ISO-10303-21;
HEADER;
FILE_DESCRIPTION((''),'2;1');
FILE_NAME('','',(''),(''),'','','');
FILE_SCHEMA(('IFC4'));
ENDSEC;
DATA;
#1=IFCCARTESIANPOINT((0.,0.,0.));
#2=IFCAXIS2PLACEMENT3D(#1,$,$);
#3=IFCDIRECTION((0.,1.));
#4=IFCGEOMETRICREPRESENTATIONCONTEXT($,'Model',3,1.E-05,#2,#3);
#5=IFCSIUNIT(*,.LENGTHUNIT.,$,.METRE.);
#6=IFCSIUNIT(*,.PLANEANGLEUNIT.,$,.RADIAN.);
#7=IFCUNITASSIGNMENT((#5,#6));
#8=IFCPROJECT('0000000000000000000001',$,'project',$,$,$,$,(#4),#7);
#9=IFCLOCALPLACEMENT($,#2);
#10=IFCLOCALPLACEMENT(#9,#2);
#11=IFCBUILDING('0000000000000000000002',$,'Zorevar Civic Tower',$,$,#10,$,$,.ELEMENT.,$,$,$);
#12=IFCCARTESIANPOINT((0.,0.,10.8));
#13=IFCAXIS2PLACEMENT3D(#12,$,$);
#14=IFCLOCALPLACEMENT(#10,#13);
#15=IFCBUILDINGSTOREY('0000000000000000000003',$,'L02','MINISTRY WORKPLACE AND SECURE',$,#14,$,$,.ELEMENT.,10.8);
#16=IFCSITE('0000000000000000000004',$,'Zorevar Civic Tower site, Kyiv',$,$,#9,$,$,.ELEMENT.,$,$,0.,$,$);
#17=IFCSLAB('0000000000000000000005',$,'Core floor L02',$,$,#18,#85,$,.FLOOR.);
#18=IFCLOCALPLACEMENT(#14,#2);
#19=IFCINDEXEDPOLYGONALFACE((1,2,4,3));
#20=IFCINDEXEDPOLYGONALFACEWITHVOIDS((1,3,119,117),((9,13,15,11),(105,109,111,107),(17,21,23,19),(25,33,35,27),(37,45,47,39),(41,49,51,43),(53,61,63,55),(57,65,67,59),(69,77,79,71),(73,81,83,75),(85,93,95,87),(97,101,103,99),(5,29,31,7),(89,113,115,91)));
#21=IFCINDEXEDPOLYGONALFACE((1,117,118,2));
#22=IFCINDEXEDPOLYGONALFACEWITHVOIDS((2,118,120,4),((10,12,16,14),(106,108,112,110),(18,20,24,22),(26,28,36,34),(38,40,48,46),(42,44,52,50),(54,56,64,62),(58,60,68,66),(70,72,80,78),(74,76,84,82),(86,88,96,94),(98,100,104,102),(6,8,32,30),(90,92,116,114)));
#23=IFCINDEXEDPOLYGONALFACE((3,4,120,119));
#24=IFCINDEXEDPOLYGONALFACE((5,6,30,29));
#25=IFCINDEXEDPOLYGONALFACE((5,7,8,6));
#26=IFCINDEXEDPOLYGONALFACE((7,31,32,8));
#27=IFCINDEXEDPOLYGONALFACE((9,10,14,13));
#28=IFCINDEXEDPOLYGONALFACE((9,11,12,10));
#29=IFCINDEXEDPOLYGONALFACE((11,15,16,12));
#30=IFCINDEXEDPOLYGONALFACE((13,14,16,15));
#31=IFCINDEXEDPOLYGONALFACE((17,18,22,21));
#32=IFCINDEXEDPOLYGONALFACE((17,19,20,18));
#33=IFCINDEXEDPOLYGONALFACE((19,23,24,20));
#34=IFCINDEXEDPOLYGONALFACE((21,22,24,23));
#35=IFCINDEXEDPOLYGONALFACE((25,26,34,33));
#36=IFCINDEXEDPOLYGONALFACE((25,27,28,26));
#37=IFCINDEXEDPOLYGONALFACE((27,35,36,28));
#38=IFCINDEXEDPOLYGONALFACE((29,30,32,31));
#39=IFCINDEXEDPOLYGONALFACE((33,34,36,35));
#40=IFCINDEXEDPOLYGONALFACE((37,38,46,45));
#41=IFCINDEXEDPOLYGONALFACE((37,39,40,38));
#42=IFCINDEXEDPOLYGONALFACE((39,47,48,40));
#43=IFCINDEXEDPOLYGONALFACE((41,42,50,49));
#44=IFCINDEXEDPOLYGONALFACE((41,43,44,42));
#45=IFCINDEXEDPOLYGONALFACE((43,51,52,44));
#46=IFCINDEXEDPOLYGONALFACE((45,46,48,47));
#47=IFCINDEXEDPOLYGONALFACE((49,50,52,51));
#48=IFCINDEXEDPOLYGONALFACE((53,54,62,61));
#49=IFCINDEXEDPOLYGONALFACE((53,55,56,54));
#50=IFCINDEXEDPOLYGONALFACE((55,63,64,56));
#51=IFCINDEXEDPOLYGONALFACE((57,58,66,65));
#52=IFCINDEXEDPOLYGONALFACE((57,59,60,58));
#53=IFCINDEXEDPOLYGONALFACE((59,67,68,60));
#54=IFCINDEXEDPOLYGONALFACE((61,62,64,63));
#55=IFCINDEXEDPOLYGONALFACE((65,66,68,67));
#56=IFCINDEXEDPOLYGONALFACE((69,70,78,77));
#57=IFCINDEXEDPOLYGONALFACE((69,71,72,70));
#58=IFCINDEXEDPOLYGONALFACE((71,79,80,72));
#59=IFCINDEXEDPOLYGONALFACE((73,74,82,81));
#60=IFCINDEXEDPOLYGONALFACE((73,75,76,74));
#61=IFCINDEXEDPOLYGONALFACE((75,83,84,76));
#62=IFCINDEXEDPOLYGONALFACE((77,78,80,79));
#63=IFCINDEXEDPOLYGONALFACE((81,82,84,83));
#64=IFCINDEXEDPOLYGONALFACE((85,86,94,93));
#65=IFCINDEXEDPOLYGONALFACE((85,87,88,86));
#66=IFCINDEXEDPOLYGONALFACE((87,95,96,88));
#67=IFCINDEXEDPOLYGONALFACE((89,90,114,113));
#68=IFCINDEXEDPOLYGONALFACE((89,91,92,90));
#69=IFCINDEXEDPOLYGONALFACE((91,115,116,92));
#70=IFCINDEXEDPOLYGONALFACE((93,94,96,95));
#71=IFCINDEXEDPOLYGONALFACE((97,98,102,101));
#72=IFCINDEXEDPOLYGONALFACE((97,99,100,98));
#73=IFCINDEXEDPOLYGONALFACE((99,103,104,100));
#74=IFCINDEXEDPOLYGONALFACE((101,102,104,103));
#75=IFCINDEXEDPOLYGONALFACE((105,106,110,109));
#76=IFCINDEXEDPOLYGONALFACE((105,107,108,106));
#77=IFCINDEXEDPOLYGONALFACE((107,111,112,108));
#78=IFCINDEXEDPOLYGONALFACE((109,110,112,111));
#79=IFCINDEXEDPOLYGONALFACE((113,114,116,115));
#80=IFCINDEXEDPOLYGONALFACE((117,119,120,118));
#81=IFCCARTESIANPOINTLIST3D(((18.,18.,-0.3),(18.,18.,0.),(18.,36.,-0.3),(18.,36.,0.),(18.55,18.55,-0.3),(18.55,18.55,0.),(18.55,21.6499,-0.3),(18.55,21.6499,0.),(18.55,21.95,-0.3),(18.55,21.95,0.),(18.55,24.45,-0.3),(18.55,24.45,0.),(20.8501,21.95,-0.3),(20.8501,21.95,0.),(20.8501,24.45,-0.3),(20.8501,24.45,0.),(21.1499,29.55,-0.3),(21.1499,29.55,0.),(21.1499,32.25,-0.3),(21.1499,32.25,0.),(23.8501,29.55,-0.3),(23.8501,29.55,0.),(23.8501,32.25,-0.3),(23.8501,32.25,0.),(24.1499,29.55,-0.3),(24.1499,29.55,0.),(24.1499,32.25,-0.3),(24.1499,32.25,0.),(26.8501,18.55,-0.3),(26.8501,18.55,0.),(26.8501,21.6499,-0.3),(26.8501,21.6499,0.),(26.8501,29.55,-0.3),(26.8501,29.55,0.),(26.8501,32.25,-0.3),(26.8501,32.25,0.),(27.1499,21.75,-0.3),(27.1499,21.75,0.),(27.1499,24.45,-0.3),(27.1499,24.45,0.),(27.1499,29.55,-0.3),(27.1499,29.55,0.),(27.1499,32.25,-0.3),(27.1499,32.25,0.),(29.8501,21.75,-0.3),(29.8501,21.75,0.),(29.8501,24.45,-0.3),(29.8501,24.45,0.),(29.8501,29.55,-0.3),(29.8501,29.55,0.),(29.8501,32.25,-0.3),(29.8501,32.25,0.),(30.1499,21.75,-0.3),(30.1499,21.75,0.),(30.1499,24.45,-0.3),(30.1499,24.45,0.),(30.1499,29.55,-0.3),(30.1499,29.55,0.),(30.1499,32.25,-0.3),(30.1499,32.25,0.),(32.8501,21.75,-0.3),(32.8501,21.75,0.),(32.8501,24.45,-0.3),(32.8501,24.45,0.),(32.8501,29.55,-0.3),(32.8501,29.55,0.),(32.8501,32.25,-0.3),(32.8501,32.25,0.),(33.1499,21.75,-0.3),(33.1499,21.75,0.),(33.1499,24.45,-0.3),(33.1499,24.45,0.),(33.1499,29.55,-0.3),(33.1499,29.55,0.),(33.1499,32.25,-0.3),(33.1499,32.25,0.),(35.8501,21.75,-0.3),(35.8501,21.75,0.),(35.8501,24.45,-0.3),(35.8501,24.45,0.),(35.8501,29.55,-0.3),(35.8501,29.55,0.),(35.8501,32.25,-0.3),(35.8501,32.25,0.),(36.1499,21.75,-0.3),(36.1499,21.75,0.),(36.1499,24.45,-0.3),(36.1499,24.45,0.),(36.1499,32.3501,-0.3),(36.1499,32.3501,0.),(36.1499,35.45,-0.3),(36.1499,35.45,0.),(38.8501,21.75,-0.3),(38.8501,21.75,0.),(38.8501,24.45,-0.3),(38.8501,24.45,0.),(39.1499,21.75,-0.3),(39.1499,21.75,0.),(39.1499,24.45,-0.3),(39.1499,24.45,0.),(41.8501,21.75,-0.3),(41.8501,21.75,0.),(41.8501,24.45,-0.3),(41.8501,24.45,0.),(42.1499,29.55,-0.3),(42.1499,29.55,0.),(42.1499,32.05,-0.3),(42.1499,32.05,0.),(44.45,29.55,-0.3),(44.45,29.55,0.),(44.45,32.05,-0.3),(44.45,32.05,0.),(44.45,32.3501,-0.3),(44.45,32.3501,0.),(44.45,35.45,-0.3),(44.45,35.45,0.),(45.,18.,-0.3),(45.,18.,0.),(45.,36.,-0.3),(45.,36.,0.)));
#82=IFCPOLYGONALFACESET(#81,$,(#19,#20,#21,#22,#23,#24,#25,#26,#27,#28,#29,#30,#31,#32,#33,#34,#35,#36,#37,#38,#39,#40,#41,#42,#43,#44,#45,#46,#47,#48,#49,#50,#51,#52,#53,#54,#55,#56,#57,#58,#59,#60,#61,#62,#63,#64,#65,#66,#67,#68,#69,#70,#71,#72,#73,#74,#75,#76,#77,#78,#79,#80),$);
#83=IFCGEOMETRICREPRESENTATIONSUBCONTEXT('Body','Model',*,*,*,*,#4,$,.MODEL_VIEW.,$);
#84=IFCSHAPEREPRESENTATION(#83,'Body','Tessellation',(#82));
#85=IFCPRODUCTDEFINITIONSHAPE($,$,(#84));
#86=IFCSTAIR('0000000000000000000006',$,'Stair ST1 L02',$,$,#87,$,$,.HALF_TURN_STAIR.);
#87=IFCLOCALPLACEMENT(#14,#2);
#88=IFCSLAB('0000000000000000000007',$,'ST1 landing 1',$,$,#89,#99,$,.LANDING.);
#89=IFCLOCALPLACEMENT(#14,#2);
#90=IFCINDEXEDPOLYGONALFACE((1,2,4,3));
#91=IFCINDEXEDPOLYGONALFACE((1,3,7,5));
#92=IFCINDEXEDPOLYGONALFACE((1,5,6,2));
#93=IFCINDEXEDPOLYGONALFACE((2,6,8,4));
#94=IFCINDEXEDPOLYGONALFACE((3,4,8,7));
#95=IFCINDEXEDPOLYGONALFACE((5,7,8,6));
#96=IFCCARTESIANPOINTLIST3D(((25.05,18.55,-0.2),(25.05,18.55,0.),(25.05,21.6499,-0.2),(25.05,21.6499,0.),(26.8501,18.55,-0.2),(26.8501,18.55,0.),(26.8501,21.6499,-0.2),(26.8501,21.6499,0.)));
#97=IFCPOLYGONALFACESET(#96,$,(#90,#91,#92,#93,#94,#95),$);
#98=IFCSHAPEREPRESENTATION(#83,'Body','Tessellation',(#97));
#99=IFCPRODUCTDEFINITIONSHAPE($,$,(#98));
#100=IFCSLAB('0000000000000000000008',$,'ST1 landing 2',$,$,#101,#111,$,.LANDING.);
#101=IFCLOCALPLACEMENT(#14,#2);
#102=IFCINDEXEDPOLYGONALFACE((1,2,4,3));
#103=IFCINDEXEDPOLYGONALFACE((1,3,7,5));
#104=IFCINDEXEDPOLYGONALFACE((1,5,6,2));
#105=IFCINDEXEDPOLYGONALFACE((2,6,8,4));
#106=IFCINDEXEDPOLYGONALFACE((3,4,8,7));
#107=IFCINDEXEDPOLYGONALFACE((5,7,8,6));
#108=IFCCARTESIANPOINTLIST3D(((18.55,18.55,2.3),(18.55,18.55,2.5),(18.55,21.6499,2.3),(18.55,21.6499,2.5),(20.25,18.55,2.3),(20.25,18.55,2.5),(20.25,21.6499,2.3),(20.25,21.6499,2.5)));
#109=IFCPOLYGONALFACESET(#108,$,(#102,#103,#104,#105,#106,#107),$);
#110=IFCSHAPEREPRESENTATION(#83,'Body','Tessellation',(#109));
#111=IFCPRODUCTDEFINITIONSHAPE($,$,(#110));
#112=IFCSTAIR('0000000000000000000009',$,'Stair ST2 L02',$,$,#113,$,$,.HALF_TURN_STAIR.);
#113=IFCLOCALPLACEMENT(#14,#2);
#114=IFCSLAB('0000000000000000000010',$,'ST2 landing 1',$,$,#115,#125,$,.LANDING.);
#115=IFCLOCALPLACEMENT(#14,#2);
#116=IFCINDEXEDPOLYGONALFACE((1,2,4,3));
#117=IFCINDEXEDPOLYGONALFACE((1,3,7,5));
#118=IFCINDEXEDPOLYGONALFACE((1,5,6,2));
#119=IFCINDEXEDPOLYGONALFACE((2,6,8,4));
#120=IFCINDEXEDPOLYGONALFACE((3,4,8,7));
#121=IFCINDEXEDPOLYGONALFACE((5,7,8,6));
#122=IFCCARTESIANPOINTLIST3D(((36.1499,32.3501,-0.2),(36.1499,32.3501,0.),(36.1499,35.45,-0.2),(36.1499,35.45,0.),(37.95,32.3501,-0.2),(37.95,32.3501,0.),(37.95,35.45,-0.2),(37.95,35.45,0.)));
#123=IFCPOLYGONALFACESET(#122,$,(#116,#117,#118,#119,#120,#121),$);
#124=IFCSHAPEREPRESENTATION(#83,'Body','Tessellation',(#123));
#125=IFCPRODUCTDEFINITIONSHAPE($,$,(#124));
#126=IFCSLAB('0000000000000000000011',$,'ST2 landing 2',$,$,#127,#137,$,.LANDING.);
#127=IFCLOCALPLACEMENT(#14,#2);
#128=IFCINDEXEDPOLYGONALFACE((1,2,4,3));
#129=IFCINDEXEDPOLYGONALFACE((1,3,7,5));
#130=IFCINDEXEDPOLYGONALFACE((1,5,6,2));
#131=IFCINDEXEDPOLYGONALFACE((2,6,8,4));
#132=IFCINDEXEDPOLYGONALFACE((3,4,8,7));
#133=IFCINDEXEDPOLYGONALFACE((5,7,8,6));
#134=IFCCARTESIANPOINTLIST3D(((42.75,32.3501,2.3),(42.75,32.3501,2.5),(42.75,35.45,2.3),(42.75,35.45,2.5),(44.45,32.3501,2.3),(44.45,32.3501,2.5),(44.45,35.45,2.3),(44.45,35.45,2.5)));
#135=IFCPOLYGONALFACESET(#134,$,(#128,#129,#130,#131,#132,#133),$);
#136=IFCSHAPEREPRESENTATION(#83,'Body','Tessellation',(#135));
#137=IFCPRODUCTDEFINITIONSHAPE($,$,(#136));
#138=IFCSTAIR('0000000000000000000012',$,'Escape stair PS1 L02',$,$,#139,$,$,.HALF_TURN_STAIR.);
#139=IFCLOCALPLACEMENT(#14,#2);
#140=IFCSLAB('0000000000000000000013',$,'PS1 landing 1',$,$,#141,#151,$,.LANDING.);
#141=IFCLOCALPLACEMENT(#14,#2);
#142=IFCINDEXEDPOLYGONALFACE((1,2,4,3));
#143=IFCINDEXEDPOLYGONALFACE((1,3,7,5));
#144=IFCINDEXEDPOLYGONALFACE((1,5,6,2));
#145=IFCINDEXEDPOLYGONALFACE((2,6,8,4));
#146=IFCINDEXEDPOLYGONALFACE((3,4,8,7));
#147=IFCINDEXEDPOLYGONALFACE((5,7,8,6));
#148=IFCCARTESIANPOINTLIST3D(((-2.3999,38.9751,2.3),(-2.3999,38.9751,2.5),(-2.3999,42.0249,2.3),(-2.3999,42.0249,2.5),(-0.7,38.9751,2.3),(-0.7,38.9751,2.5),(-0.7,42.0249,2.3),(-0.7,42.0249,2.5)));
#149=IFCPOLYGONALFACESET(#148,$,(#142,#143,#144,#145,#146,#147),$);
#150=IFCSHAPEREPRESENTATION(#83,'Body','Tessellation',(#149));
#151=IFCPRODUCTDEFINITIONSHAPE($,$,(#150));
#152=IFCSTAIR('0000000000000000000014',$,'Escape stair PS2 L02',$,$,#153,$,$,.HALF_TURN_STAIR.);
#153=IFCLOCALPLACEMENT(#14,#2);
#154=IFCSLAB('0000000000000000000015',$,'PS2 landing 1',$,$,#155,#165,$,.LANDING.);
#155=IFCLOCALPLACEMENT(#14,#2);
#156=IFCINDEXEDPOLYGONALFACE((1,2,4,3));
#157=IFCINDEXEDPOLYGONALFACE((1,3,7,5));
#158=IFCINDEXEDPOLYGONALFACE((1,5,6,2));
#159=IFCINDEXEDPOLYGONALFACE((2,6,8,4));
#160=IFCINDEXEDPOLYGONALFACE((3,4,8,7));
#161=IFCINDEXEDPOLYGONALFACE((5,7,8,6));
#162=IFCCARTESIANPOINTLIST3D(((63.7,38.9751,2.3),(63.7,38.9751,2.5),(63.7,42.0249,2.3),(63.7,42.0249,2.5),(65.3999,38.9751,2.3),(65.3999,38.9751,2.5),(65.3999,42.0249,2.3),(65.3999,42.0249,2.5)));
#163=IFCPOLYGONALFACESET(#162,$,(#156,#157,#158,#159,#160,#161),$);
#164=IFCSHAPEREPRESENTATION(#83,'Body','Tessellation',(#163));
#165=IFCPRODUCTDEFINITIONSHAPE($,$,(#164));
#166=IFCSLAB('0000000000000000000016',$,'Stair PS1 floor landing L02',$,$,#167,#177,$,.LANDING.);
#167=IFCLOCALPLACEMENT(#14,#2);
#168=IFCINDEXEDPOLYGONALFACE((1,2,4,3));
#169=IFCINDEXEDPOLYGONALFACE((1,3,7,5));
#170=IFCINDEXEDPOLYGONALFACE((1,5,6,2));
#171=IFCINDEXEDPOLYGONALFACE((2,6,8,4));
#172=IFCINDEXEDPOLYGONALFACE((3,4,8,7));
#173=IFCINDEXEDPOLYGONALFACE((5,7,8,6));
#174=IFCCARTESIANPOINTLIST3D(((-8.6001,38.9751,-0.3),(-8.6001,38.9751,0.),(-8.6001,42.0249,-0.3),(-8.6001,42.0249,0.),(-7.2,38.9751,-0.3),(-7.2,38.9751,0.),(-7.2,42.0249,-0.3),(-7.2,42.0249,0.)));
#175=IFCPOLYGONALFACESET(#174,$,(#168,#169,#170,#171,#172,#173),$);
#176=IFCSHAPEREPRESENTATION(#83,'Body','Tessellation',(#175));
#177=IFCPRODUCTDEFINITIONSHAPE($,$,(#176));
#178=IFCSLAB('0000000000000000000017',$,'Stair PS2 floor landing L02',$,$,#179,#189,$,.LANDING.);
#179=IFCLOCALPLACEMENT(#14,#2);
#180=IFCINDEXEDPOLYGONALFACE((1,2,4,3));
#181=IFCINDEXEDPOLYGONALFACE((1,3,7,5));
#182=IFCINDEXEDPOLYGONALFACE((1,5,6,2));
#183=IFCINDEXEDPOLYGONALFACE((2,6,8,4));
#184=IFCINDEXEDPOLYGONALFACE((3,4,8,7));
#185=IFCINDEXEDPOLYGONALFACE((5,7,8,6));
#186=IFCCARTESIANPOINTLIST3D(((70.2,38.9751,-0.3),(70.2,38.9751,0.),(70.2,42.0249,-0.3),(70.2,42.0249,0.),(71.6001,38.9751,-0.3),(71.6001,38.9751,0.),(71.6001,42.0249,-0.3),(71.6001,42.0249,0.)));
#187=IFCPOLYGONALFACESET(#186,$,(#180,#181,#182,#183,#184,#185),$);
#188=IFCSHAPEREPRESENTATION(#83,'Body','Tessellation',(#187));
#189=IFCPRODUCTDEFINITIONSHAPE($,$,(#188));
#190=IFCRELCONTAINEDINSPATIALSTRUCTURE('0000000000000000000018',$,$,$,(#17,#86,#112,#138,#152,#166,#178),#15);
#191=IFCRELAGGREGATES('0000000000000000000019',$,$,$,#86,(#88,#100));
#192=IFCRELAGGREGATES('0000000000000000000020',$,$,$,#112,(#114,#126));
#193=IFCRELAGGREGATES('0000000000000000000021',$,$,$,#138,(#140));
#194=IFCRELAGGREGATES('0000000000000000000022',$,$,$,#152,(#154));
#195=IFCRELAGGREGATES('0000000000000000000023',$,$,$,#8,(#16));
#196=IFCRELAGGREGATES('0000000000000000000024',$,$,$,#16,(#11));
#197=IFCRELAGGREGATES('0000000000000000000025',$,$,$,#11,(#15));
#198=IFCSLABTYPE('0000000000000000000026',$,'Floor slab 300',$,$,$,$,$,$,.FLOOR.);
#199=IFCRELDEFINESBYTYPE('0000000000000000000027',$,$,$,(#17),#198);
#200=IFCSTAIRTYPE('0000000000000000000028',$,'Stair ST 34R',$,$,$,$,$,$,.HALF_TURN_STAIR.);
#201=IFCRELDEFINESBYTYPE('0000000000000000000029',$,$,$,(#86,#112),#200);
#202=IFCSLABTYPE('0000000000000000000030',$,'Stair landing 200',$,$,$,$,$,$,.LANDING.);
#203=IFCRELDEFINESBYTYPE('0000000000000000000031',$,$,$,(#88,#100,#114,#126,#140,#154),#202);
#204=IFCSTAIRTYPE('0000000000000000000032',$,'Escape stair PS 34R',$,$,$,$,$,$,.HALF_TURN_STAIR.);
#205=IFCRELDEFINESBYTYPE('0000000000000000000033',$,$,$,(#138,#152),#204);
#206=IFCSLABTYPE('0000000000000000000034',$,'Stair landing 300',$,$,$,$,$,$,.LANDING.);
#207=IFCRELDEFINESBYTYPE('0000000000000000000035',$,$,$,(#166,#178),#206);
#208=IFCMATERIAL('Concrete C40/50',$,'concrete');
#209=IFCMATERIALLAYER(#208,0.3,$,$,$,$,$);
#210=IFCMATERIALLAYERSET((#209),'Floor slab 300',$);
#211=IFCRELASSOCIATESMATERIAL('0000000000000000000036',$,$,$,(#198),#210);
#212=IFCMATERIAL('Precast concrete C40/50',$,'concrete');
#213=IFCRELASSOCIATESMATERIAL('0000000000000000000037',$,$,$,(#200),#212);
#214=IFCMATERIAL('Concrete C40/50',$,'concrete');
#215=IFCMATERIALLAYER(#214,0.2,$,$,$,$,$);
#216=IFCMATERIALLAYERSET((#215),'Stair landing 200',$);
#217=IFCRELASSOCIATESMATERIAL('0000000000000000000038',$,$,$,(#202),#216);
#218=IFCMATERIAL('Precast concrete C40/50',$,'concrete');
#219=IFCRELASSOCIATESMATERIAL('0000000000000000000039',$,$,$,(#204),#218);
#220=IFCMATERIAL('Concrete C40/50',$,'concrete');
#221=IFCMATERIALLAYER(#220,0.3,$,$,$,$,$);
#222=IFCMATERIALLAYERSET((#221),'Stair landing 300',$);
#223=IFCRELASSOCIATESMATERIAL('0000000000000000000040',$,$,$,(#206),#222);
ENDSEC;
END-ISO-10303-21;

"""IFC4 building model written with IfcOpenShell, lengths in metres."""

from ifc_helpers import new_model, si_unit, direction, frame, origin, place, context, subcontext, project, spatial, polyline, outline, extrude, material, layer, layer_set, type_object, element, aggregate, save


model = new_model("IFC4")

# Units and contexts
model_context = context("Model", 3, precision=1e-05, world=origin(), true_north=direction((0.0, 1.0)))
body_context = subcontext(model_context, "Body", "Model", "MODEL_VIEW")
ifc_project = project(units=[si_unit("LENGTHUNIT", "METRE"), si_unit("PLANEANGLEUNIT", "RADIAN")], contexts=[model_context])

# Site, building, storey
site_placement = place(None, origin())
site = spatial("IfcSite", under=ifc_project, at=site_placement, Name="Zorevar Civic Tower site, Kyiv", CompositionType="ELEMENT", RefElevation=0.0)
building_placement = place(site_placement, origin())
building = spatial("IfcBuilding", under=site, at=building_placement, Name="Zorevar Civic Tower", CompositionType="ELEMENT")
storey_placement = place(building_placement, frame((0.0, 0.0, 10.8)))
storey = spatial("IfcBuildingStorey", under=building, at=storey_placement, Name="L02", Description="MINISTRY WORKPLACE AND SECURE", CompositionType="ELEMENT", Elevation=10.8)

# Slab
ifc_material_1 = material(Name="Concrete C40/50", Category="concrete")
ifc_layer_1 = layer(ifc_material_1, 0.3)
ifc_layer_set_1 = layer_set([ifc_layer_1], Name="Floor slab 300")
slab_type_1 = type_object("IfcSlabType", Name="Floor slab 300", PredefinedType="FLOOR", material=ifc_layer_set_1)
slab_1_placement = place(storey_placement, frame((0.0, 0.0, -0.3)))
element("IfcSlab", 1, at=slab_1_placement, inside=storey, type_object=slab_type_1, Name="Core floor L02", PredefinedType="FLOOR", context=body_context, shape_type="SweptSolid", body=[
    extrude(outline(polyline([(18.0, 18.0), (45.0, 18.0), (45.0, 36.0), (18.0, 36.0), (18.0, 18.0)]), holes=[polyline([(18.55, 18.55), (26.8501, 18.55), (26.8501, 21.6499), (18.55, 21.6499), (18.55, 18.55)]), polyline([(36.1499, 32.3501), (44.45, 32.3501), (44.45, 35.45), (36.1499, 35.45), (36.1499, 32.3501)]), polyline([(18.55, 21.95), (20.8501, 21.95), (20.8501, 24.45), (18.55, 24.45), (18.55, 21.95)]), polyline([(42.1499, 29.55), (44.45, 29.55), (44.45, 32.05), (42.1499, 32.05), (42.1499, 29.55)]), polyline([(27.1499, 21.75), (29.8501, 21.75), (29.8501, 24.45), (27.1499, 24.45), (27.1499, 21.75)]), polyline([(33.1499, 29.55), (35.8501, 29.55), (35.8501, 32.25), (33.1499, 32.25), (33.1499, 29.55)]), polyline([(30.1499, 21.75), (32.8501, 21.75), (32.8501, 24.45), (30.1499, 24.45), (30.1499, 21.75)]), polyline([(30.1499, 29.55), (32.8501, 29.55), (32.8501, 32.25), (30.1499, 32.25), (30.1499, 29.55)]), polyline([(33.1499, 21.75), (35.8501, 21.75), (35.8501, 24.45), (33.1499, 24.45), (33.1499, 21.75)]), polyline([(27.1499, 29.55), (29.8501, 29.55), (29.8501, 32.25), (27.1499, 32.25), (27.1499, 29.55)]), polyline([(36.1499, 21.75), (38.8501, 21.75), (38.8501, 24.45), (36.1499, 24.45), (36.1499, 21.75)]), polyline([(24.1499, 29.55), (26.8501, 29.55), (26.8501, 32.25), (24.1499, 32.25), (24.1499, 29.55)]), polyline([(39.1499, 21.75), (41.8501, 21.75), (41.8501, 24.45), (39.1499, 24.45), (39.1499, 21.75)]), polyline([(21.1499, 29.55), (23.8501, 29.55), (23.8501, 32.25), (21.1499, 32.25), (21.1499, 29.55)])]), origin(), (0.0, 0.0, 1.0), 0.3),
])

# Stairs, slabs
ifc_material_2 = material(Name="Precast concrete C40/50", Category="concrete")
stair_type_1 = type_object("IfcStairType", Name="Stair ST 34R", PredefinedType="HALF_TURN_STAIR", material=ifc_material_2)
stair_1_placement = place(storey_placement, origin())
stair_1 = element("IfcStair", 2, at=stair_1_placement, inside=storey, type_object=stair_type_1, Name="Stair ST1 L02", PredefinedType="HALF_TURN_STAIR")
ifc_material_3 = material(Name="Concrete C40/50", Category="concrete")
ifc_layer_2 = layer(ifc_material_3, 0.2)
ifc_layer_set_2 = layer_set([ifc_layer_2], Name="Stair landing 200")
slab_type_2 = type_object("IfcSlabType", Name="Stair landing 200", PredefinedType="LANDING", material=ifc_layer_set_2)
slab_2_placement = place(storey_placement, frame((0.0, 0.0, -0.2)))
slab_2 = element("IfcSlab", 3, at=slab_2_placement, type_object=slab_type_2, Name="ST1 landing 1", PredefinedType="LANDING", context=body_context, shape_type="SweptSolid", body=[
    extrude(outline(polyline([(25.05, 18.55), (26.8501, 18.55), (26.8501, 21.6499), (25.05, 21.6499), (25.05, 18.55)])), origin(), (0.0, 0.0, 1.0), 0.2),
])
slab_3_placement = place(storey_placement, frame((0.0, 0.0, 2.3)))
slab_3 = element("IfcSlab", 4, at=slab_3_placement, type_object=slab_type_2, Name="ST1 landing 2", PredefinedType="LANDING", context=body_context, shape_type="SweptSolid", body=[
    extrude(outline(polyline([(18.55, 18.55), (20.25, 18.55), (20.25, 21.6499), (18.55, 21.6499), (18.55, 18.55)])), origin(), (0.0, 0.0, 1.0), 0.2),
])
aggregate(stair_1, [slab_2, slab_3])
stair_2_placement = place(storey_placement, origin())
stair_2 = element("IfcStair", 5, at=stair_2_placement, inside=storey, type_object=stair_type_1, Name="Stair ST2 L02", PredefinedType="HALF_TURN_STAIR")
slab_4_placement = place(storey_placement, frame((0.0, 0.0, -0.2)))
slab_4 = element("IfcSlab", 6, at=slab_4_placement, type_object=slab_type_2, Name="ST2 landing 1", PredefinedType="LANDING", context=body_context, shape_type="SweptSolid", body=[
    extrude(outline(polyline([(37.95, 32.3501), (36.1499, 32.3501), (36.1499, 35.45), (37.95, 35.45), (37.95, 32.3501)])), origin(), (0.0, 0.0, 1.0), 0.2),
])
slab_5_placement = place(storey_placement, frame((0.0, 0.0, 2.3)))
slab_5 = element("IfcSlab", 7, at=slab_5_placement, type_object=slab_type_2, Name="ST2 landing 2", PredefinedType="LANDING", context=body_context, shape_type="SweptSolid", body=[
    extrude(outline(polyline([(44.45, 32.3501), (42.75, 32.3501), (42.75, 35.45), (44.45, 35.45), (44.45, 32.3501)])), origin(), (0.0, 0.0, 1.0), 0.2),
])
aggregate(stair_2, [slab_4, slab_5])

# Stairs, slabs
ifc_material_4 = material(Name="Precast concrete C40/50", Category="concrete")
stair_type_2 = type_object("IfcStairType", Name="Escape stair PS 34R", PredefinedType="HALF_TURN_STAIR", material=ifc_material_4)
stair_3_placement = place(storey_placement, origin())
stair_3 = element("IfcStair", 8, at=stair_3_placement, inside=storey, type_object=stair_type_2, Name="Escape stair PS1 L02", PredefinedType="HALF_TURN_STAIR")
slab_6_placement = place(storey_placement, frame((0.0, 0.0, 2.3)))
slab_6 = element("IfcSlab", 9, at=slab_6_placement, type_object=slab_type_2, Name="PS1 landing 1", PredefinedType="LANDING", context=body_context, shape_type="SweptSolid", body=[
    extrude(outline(polyline([(-2.3999, 38.9751), (-0.7, 38.9751), (-0.7, 42.0249), (-2.3999, 42.0249), (-2.3999, 38.9751)])), origin(), (0.0, 0.0, 1.0), 0.2),
])
aggregate(stair_3, [slab_6])
stair_4_placement = place(storey_placement, origin())
stair_4 = element("IfcStair", 10, at=stair_4_placement, inside=storey, type_object=stair_type_2, Name="Escape stair PS2 L02", PredefinedType="HALF_TURN_STAIR")
slab_7_placement = place(storey_placement, frame((0.0, 0.0, 2.3)))
slab_7 = element("IfcSlab", 11, at=slab_7_placement, type_object=slab_type_2, Name="PS2 landing 1", PredefinedType="LANDING", context=body_context, shape_type="SweptSolid", body=[
    extrude(outline(polyline([(63.7, 38.9751), (65.3999, 38.9751), (65.3999, 42.0249), (63.7, 42.0249), (63.7, 38.9751)])), origin(), (0.0, 0.0, 1.0), 0.2),
])
aggregate(stair_4, [slab_7])

# Slabs
ifc_material_5 = material(Name="Concrete C40/50", Category="concrete")
ifc_layer_3 = layer(ifc_material_5, 0.3)
ifc_layer_set_3 = layer_set([ifc_layer_3], Name="Stair landing 300")
slab_type_3 = type_object("IfcSlabType", Name="Stair landing 300", PredefinedType="LANDING", material=ifc_layer_set_3)
slab_8_placement = place(storey_placement, frame((0.0, 0.0, -0.3)))
element("IfcSlab", 12, at=slab_8_placement, inside=storey, type_object=slab_type_3, Name="Stair PS1 floor landing L02", PredefinedType="LANDING", context=body_context, shape_type="SweptSolid", body=[
    extrude(outline(polyline([(-8.6001, 38.9751), (-7.2, 38.9751), (-7.2, 42.0249), (-8.6001, 42.0249), (-8.6001, 38.9751)])), origin(), (0.0, 0.0, 1.0), 0.3),
])
slab_9_placement = place(storey_placement, frame((0.0, 0.0, -0.3)))
element("IfcSlab", 13, at=slab_9_placement, inside=storey, type_object=slab_type_3, Name="Stair PS2 floor landing L02", PredefinedType="LANDING", context=body_context, shape_type="SweptSolid", body=[
    extrude(outline(polyline([(70.2, 38.9751), (71.6001, 38.9751), (71.6001, 42.0249), (70.2, 42.0249), (70.2, 38.9751)])), origin(), (0.0, 0.0, 1.0), 0.3),
])

save(model, "model.ifc")
